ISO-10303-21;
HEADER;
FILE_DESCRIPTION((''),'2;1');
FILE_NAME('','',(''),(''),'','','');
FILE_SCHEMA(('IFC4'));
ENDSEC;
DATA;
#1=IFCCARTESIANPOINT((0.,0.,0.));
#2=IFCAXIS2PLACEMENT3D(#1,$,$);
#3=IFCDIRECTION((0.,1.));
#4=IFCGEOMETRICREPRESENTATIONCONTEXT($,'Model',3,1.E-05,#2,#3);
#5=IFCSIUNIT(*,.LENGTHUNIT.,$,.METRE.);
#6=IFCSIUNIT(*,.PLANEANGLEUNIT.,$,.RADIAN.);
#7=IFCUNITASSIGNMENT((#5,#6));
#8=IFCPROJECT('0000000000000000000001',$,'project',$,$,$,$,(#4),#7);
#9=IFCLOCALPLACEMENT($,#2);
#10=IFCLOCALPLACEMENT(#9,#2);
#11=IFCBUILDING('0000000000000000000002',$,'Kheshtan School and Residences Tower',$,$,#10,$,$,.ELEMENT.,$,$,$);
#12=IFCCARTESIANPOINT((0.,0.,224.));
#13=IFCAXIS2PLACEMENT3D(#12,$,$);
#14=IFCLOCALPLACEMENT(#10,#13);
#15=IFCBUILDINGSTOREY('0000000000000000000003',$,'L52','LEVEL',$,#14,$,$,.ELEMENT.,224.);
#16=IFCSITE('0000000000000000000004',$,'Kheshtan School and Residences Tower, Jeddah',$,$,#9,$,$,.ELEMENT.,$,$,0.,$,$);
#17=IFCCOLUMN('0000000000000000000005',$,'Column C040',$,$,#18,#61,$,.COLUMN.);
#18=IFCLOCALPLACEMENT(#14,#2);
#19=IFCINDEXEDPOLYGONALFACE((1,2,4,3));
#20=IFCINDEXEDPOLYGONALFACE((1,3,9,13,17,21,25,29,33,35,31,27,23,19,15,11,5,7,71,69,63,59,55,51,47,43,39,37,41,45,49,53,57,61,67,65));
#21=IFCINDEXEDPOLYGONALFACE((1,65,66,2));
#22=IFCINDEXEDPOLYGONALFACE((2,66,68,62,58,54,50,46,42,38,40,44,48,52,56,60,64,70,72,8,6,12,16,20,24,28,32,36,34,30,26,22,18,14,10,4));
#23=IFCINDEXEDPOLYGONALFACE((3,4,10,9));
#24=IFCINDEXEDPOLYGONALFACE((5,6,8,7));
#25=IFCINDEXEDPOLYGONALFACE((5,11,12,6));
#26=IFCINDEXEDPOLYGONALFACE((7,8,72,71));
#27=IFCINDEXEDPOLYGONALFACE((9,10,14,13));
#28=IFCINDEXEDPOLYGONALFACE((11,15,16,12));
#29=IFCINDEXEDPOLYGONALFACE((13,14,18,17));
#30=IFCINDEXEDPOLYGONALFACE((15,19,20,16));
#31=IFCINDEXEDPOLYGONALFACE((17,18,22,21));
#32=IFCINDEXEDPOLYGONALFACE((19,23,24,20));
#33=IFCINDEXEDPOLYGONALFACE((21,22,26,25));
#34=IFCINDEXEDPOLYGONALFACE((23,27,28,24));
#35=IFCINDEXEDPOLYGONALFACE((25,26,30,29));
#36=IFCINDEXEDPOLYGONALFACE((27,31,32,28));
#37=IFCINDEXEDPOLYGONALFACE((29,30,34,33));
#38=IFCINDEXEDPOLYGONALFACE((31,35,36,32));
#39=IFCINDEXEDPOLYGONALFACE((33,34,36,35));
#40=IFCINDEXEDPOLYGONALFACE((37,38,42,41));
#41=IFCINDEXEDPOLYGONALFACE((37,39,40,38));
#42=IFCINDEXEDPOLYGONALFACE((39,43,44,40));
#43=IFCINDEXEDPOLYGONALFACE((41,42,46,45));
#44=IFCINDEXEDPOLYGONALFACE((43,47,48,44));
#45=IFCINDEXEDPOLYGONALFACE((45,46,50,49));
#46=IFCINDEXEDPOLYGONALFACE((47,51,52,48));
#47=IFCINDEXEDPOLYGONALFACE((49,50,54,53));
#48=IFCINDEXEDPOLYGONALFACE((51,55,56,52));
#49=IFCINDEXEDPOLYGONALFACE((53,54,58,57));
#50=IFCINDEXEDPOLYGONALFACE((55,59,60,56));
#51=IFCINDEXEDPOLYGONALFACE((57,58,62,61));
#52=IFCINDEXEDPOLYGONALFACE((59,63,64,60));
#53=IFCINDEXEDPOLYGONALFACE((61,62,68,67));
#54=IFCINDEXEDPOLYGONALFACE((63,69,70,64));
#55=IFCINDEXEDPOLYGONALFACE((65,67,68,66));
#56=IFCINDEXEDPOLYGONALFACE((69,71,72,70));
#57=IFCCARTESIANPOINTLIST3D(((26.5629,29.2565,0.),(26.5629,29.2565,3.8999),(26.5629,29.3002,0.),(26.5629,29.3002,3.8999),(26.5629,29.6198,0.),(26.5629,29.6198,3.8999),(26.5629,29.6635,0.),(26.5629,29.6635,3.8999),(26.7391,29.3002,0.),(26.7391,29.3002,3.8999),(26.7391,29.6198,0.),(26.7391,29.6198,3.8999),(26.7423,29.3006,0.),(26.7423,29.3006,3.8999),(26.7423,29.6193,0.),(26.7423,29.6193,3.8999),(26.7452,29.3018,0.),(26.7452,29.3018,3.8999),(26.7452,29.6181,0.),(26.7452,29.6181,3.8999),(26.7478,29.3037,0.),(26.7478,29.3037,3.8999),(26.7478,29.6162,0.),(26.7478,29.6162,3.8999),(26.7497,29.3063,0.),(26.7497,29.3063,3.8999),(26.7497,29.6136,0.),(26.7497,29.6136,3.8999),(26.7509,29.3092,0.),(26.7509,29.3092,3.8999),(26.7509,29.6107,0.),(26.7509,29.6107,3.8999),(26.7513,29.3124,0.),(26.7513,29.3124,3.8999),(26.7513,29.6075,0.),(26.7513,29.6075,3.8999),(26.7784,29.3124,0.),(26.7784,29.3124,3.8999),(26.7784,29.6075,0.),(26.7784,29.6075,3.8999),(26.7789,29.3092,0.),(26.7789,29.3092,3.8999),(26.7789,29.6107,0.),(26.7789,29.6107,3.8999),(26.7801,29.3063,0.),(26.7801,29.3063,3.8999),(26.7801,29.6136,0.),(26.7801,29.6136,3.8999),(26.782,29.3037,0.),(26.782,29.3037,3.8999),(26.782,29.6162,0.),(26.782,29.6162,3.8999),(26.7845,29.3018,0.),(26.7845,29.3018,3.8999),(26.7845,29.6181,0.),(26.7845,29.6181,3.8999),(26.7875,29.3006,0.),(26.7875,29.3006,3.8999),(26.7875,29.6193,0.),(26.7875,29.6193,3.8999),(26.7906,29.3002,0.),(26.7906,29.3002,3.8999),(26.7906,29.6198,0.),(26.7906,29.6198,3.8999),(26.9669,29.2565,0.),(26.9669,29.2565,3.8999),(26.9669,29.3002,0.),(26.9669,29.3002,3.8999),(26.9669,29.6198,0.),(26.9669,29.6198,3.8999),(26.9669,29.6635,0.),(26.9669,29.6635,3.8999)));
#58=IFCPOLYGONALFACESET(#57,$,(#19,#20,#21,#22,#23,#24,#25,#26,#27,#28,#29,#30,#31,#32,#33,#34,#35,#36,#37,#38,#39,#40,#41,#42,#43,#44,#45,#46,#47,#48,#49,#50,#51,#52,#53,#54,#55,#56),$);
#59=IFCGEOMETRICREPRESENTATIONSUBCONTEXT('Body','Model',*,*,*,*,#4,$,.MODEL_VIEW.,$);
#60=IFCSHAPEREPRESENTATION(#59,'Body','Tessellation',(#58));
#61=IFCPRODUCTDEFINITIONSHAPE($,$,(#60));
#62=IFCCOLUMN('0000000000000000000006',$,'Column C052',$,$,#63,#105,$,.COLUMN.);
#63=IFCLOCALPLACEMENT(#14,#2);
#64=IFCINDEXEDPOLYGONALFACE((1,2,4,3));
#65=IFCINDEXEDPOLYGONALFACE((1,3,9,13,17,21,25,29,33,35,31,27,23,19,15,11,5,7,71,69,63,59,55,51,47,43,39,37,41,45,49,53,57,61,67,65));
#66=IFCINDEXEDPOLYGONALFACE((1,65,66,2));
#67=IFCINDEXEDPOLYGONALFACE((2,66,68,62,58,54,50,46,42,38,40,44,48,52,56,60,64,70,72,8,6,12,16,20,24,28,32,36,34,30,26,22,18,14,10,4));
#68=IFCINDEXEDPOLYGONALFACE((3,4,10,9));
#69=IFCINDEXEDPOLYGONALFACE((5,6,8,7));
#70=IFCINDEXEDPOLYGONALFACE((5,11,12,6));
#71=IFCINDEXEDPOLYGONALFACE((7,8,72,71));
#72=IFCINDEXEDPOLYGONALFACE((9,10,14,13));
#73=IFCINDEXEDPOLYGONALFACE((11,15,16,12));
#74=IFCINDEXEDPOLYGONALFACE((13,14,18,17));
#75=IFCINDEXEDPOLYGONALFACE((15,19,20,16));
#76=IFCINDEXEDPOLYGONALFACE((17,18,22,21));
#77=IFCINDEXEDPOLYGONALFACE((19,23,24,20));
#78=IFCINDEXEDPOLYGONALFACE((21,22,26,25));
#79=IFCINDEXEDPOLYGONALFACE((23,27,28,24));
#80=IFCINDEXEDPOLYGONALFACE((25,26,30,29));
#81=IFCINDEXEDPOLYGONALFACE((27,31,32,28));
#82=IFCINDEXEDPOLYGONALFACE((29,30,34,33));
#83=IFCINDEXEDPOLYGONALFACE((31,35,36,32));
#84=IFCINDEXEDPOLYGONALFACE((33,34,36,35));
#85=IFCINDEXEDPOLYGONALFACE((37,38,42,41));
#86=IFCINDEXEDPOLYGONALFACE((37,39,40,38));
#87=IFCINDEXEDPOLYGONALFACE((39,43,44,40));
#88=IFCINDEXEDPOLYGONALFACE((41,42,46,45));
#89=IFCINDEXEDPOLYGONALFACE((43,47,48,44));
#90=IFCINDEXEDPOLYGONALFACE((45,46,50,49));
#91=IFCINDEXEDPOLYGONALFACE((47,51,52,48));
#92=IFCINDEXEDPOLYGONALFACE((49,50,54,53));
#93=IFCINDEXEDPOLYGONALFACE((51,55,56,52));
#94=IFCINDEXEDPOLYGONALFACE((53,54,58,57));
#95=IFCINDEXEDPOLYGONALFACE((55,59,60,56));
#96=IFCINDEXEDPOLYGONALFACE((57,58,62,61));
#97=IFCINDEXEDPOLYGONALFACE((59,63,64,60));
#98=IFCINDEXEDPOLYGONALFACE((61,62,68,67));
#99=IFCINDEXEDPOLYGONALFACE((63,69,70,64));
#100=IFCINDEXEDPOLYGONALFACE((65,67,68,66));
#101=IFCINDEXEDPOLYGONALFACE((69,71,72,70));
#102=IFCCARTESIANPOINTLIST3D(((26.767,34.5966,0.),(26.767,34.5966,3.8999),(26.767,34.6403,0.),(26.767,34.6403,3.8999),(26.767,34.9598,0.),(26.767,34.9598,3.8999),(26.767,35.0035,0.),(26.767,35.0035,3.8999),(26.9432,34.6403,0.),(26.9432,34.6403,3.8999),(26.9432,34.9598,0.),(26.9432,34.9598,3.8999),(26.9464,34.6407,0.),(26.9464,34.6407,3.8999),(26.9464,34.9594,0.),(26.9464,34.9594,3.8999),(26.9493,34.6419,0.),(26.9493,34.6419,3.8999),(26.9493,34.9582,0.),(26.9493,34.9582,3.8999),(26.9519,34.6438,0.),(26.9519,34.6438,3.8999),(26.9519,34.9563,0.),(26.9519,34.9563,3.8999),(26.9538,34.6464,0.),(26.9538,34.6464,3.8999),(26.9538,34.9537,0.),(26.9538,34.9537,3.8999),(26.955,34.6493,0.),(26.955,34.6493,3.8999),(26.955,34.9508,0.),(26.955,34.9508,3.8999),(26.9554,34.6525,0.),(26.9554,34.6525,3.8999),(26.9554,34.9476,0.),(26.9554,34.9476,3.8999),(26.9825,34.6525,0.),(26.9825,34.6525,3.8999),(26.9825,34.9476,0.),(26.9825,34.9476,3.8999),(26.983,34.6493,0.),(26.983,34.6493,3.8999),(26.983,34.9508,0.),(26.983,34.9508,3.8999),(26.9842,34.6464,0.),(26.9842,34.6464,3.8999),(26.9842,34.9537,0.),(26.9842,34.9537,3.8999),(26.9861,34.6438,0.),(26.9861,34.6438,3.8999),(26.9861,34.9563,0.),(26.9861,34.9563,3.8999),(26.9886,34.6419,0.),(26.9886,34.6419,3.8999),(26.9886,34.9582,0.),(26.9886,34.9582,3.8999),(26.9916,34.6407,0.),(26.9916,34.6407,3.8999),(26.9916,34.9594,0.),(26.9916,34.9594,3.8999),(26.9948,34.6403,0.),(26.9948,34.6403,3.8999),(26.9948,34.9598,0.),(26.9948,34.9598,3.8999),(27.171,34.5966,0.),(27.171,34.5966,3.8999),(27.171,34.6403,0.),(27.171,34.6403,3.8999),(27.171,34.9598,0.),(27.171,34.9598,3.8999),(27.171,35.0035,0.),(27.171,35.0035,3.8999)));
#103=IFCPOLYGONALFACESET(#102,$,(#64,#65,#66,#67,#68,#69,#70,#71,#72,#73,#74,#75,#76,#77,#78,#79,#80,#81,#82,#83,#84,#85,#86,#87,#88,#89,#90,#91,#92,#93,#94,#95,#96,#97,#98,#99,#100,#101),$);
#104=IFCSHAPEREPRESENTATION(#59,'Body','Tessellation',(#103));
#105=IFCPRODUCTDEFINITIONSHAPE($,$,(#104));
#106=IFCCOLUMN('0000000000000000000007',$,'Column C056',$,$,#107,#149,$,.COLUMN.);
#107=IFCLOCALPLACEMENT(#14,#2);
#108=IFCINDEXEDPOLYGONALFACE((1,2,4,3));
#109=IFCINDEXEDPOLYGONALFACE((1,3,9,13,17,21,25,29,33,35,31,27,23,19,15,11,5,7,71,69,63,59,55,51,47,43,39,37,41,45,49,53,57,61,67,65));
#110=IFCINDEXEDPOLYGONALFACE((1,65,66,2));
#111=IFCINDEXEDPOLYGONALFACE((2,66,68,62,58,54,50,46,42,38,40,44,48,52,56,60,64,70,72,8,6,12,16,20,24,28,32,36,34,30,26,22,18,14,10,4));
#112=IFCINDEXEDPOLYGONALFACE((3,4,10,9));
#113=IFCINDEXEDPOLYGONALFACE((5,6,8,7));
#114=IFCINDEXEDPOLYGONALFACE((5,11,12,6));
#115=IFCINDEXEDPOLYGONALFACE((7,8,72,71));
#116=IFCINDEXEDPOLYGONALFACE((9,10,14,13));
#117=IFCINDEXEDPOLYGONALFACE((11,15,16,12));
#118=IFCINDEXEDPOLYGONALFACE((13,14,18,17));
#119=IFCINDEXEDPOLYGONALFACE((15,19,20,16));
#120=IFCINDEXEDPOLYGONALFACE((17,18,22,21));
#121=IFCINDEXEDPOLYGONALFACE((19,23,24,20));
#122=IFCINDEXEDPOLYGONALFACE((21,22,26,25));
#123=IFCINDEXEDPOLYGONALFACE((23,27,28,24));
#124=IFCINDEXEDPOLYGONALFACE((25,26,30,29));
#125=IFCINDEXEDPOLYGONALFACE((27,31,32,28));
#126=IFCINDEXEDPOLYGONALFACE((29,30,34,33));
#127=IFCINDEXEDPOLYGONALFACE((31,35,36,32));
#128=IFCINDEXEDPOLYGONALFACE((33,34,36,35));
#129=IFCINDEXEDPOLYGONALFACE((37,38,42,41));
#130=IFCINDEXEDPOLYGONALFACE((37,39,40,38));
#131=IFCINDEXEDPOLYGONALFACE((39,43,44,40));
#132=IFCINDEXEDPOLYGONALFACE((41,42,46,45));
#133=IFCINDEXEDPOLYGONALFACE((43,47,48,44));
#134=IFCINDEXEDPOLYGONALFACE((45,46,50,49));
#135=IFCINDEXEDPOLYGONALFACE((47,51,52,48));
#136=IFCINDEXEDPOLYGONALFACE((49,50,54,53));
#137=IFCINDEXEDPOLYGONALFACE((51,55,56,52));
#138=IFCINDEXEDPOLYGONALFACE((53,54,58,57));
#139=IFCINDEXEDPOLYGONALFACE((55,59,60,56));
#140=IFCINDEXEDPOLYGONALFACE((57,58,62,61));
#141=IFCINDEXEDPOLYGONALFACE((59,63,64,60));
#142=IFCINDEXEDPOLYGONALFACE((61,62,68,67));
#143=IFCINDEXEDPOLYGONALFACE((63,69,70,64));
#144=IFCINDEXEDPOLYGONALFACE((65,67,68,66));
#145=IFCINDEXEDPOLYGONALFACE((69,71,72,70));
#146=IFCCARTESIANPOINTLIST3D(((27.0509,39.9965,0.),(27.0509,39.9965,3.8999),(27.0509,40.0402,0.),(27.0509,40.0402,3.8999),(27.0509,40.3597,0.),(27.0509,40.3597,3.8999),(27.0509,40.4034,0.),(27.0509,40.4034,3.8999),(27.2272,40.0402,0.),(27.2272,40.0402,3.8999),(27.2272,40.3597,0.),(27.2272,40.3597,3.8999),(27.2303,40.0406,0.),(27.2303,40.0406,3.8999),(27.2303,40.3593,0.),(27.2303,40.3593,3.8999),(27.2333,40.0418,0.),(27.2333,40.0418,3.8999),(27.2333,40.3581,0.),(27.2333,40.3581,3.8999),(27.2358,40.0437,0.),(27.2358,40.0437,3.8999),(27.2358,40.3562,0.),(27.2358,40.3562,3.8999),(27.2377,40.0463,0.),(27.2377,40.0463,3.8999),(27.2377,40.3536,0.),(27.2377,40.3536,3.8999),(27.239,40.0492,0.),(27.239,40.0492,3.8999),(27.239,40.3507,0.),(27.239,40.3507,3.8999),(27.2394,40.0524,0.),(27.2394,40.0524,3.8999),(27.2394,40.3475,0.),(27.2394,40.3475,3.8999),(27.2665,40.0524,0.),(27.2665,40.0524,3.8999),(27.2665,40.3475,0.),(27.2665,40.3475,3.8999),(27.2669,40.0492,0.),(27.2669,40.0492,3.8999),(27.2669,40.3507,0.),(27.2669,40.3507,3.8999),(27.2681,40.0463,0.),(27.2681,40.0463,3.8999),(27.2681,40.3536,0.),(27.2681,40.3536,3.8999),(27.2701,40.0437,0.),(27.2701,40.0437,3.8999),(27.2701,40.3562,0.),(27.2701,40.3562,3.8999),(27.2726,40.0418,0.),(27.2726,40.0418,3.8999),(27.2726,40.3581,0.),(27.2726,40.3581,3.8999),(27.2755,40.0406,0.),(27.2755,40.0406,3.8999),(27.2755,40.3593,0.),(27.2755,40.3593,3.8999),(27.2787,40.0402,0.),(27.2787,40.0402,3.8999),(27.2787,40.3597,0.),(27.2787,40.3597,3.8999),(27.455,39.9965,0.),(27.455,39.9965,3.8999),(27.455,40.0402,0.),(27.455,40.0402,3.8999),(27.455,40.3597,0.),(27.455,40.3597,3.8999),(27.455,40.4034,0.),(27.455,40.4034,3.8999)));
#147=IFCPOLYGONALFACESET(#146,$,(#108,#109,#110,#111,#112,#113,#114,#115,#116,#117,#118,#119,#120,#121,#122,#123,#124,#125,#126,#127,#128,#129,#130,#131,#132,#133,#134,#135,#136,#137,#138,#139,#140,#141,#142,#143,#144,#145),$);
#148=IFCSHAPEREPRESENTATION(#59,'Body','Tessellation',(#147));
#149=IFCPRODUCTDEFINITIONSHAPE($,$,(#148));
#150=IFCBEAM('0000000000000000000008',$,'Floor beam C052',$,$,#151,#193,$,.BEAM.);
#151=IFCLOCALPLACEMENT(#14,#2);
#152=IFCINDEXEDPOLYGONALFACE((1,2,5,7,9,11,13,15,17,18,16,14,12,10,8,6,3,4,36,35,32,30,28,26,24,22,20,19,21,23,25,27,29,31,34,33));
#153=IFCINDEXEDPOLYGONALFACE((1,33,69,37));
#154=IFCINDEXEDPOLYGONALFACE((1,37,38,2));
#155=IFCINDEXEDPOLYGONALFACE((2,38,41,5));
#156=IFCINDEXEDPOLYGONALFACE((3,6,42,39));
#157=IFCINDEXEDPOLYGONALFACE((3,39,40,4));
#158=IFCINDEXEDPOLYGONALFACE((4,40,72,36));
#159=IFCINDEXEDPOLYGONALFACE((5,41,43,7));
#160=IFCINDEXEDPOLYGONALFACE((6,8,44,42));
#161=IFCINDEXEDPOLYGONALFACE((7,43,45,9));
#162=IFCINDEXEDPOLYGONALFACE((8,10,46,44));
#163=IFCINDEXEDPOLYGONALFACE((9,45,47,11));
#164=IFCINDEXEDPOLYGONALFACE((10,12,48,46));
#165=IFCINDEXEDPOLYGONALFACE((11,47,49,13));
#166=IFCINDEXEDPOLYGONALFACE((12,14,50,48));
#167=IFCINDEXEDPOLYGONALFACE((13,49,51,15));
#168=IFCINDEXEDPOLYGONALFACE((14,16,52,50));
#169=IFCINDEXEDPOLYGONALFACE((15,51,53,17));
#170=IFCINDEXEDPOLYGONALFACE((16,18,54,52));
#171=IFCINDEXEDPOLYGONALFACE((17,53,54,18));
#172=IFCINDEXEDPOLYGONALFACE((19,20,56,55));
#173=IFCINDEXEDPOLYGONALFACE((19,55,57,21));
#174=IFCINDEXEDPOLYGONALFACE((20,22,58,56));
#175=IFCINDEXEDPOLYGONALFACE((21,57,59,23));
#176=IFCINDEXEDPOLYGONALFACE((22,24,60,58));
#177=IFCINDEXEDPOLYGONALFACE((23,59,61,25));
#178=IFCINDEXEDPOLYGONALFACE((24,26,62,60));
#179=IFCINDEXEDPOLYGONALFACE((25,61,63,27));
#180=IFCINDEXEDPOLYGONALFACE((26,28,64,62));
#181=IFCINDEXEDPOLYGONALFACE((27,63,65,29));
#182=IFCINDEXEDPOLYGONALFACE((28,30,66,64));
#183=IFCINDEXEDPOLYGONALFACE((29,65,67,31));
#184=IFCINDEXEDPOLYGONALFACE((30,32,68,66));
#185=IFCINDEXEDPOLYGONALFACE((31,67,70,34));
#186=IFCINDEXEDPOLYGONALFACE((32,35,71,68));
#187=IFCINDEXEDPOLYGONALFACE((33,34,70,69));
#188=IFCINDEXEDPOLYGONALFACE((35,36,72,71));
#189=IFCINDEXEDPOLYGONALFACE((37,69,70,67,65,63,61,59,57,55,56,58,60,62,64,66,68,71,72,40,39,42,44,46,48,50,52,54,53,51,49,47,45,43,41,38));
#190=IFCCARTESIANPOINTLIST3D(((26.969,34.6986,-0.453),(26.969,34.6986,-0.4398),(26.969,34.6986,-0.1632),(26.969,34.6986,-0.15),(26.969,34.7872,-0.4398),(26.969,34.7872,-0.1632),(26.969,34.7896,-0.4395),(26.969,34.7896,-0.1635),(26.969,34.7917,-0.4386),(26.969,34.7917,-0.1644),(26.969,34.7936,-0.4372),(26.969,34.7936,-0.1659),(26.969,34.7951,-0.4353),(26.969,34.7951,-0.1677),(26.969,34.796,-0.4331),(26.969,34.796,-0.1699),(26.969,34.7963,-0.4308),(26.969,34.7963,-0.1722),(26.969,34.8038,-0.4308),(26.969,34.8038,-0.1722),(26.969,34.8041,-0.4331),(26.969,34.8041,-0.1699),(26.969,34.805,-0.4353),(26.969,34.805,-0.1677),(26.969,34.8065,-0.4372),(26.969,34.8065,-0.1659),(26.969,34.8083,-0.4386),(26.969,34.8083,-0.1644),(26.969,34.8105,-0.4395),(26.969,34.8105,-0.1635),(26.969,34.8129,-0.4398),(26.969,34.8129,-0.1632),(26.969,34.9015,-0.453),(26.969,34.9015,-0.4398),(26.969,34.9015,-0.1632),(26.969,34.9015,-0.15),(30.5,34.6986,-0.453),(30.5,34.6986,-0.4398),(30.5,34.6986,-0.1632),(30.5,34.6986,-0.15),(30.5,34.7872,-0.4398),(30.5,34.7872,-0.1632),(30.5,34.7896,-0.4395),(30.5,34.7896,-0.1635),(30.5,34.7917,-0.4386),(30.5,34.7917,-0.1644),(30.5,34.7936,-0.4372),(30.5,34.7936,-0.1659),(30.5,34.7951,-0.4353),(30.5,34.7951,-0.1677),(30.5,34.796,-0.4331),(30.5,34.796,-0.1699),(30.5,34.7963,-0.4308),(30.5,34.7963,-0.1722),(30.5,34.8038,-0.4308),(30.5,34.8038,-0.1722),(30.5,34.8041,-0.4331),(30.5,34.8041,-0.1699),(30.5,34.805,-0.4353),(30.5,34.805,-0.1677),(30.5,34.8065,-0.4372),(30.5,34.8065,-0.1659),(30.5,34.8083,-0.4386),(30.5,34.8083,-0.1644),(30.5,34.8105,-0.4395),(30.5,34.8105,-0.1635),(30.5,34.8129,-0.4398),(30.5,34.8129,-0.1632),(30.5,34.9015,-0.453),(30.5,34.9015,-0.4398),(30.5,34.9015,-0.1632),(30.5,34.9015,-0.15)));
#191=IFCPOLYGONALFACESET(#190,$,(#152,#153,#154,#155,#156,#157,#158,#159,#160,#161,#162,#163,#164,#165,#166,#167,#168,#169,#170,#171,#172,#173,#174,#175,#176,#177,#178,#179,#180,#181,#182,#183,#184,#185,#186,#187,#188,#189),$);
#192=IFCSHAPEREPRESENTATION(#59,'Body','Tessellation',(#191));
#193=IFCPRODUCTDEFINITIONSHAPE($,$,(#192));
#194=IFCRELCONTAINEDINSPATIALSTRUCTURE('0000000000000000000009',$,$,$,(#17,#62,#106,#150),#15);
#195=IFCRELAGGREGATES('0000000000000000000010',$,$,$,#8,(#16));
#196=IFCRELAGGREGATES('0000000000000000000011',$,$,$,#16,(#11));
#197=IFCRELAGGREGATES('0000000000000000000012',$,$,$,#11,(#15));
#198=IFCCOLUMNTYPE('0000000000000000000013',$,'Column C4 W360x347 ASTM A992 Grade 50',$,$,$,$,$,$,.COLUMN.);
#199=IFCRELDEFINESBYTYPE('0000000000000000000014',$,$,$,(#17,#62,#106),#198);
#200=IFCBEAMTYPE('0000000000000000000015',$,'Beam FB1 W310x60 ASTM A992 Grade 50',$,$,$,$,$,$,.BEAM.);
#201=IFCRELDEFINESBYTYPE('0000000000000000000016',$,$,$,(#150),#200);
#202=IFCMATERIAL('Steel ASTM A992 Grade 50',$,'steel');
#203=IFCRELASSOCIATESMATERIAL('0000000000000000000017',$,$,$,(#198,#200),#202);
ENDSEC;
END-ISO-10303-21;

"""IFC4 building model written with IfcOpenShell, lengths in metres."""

from ifc_helpers import new_model, si_unit, direction, frame, origin, origin_2d, place, context, subcontext, project, spatial, i_section, extrude, material, material_profile, profile_set, type_object, element, save


model = new_model("IFC4")

# Units and contexts
model_context = context("Model", 3, precision=1e-05, world=origin(), true_north=direction((0.0, 1.0)))
body_context = subcontext(model_context, "Body", "Model", "MODEL_VIEW")
ifc_project = project(units=[si_unit("LENGTHUNIT", "METRE"), si_unit("PLANEANGLEUNIT", "RADIAN")], contexts=[model_context])

# Site, building, storey
site_placement = place(None, origin())
site = spatial("IfcSite", under=ifc_project, at=site_placement, Name="Kheshtan School and Residences Tower, Jeddah", CompositionType="ELEMENT", RefElevation=0.0)
building_placement = place(site_placement, origin())
building = spatial("IfcBuilding", under=site, at=building_placement, Name="Kheshtan School and Residences Tower", CompositionType="ELEMENT")
storey_placement = place(building_placement, frame((0.0, 0.0, 224.0)))
storey = spatial("IfcBuildingStorey", under=building, at=storey_placement, Name="L52", Description="LEVEL", CompositionType="ELEMENT", Elevation=224.0)

# Columns
ifc_material_1 = material(Name="Steel ASTM A992 Grade 50", Category="steel")
ifc_material_profile_1 = material_profile(ifc_material_1, i_section(OverallWidth=0.4041, OverallDepth=0.407, WebThickness=0.0271, FlangeThickness=0.0437, FilletRadius=0.0122, at=origin_2d()), Name="W360x347")
ifc_profile_set_1 = profile_set([ifc_material_profile_1], Name="Steel ASTM A992 Grade 50")
column_type = type_object("IfcColumnType", Name="Column C4 W360x347 ASTM A992 Grade 50", PredefinedType="COLUMN", material=ifc_profile_set_1)
for number, where, z_axis, x_axis, name in (
    (1, (26.7649, 29.46, 0.0), (0.0, 0.0, 1.0), (1.0, 0.0, 0.0), "Column C040"),
    (2, (26.969, 34.8, 0.0), (0.0, 0.0, 1.0), (1.0, 0.0, 0.0), "Column C052"),
    (3, (27.2529, 40.2, 0.0), (0.0, 0.0, 1.0), (1.0, 0.0, 0.0), "Column C056"),
):
    element("IfcColumn", number, at=place(storey_placement, frame(where, z_axis=z_axis, x_axis=x_axis)), inside=storey, type_object=column_type, Name=name, PredefinedType="COLUMN", context=body_context, shape_type="SweptSolid", body=[
        extrude(i_section(OverallWidth=0.4041, OverallDepth=0.407, WebThickness=0.0271, FlangeThickness=0.0437, FilletRadius=0.0122, at=origin_2d()), origin(), (0.0, 0.0, 1.0), 3.8999),
    ])

# Beam
ifc_material_profile_2 = material_profile(ifc_material_1, i_section(OverallWidth=0.2029, OverallDepth=0.303, WebThickness=0.0076, FlangeThickness=0.0132, FilletRadius=0.009, at=origin_2d()), Name="W310x60")
ifc_profile_set_2 = profile_set([ifc_material_profile_2], Name="Steel ASTM A992 Grade 50")
beam_type_1 = type_object("IfcBeamType", Name="Beam FB1 W310x60 ASTM A992 Grade 50", PredefinedType="BEAM", material=ifc_profile_set_2)
beam_1_placement = place(storey_placement, frame((26.969, 34.8, -0.3015), z_axis=(1.0, 0.0, 0.0), x_axis=(0.0, 1.0, 0.0)))
element("IfcBeam", 4, at=beam_1_placement, inside=storey, type_object=beam_type_1, Name="Floor beam C052", PredefinedType="BEAM", context=body_context, shape_type="SweptSolid", body=[
    extrude(i_section(OverallWidth=0.2029, OverallDepth=0.303, WebThickness=0.0076, FlangeThickness=0.0132, FilletRadius=0.009, at=origin_2d()), origin(), (0.0, 0.0, 1.0), 3.531),
])

save(model, "model.ifc")
